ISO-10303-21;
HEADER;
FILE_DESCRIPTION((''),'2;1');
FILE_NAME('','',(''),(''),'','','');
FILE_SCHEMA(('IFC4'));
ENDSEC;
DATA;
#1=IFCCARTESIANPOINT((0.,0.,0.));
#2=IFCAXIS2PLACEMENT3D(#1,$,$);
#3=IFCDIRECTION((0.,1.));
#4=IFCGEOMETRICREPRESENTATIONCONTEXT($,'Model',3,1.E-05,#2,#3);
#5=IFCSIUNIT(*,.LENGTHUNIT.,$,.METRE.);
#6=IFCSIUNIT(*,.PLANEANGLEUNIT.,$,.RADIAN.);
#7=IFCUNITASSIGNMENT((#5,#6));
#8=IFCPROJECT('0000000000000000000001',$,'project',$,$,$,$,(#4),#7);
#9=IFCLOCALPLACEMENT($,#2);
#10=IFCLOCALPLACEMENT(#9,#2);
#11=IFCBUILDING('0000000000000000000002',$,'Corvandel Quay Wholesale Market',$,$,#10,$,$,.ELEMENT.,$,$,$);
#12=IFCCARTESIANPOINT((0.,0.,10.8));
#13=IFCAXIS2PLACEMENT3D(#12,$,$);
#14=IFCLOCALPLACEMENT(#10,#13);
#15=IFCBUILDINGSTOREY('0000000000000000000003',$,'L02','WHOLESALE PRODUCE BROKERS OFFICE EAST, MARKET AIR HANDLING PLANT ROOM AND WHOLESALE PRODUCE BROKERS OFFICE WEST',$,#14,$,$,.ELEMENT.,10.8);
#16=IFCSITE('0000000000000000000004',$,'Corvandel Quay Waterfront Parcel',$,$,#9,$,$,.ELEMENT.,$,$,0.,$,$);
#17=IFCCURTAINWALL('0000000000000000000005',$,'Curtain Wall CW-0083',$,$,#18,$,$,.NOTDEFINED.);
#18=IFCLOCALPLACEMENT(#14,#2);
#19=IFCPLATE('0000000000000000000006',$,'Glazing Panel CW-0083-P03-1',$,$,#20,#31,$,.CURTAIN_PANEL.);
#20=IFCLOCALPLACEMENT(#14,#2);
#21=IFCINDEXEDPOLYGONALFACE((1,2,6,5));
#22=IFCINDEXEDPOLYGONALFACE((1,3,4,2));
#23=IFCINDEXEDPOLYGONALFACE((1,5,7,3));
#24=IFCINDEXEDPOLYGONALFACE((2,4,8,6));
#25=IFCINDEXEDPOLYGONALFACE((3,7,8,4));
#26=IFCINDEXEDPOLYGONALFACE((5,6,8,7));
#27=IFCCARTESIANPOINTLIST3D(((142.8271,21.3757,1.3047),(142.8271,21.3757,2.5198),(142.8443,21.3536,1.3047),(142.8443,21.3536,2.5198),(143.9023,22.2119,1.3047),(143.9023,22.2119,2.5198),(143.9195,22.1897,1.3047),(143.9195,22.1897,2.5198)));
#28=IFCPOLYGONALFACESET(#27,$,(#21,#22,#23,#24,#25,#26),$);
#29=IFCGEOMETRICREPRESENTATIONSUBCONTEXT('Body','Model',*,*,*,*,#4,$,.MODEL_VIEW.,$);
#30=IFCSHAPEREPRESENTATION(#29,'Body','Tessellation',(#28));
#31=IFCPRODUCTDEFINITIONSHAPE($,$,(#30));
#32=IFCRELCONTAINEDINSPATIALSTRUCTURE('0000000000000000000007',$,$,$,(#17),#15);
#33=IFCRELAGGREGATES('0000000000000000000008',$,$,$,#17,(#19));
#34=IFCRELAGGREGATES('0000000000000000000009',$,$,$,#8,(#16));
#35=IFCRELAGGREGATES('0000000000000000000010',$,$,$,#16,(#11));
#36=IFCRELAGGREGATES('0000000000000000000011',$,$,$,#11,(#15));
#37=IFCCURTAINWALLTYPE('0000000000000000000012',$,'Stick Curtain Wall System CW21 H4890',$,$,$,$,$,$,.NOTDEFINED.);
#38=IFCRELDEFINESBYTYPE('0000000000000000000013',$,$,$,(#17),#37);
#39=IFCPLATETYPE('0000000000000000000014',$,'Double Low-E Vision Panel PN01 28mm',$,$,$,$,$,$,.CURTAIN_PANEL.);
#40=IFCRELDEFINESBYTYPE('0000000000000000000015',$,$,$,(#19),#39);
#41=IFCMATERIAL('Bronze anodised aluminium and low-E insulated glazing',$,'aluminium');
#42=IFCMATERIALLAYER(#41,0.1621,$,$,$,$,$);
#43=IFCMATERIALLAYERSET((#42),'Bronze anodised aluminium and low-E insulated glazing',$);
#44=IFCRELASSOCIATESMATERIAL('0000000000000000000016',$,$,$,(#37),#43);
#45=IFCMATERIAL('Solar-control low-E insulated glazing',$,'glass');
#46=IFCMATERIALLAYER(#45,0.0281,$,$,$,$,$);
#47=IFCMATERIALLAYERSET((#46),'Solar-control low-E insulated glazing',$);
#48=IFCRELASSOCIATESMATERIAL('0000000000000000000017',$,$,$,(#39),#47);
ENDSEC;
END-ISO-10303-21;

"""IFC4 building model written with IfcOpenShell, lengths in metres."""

from ifc_helpers import new_model, si_unit, direction, frame, origin, origin_2d, place, context, subcontext, project, spatial, rectangle, extrude, material, layer, layer_set, type_object, element, aggregate, save


model = new_model("IFC4")

# Units and contexts
model_context = context("Model", 3, precision=1e-05, world=origin(), true_north=direction((0.0, 1.0)))
body_context = subcontext(model_context, "Body", "Model", "MODEL_VIEW")
ifc_project = project(units=[si_unit("LENGTHUNIT", "METRE"), si_unit("PLANEANGLEUNIT", "RADIAN")], contexts=[model_context])

# Site, building, storey
site_placement = place(None, origin())
site = spatial("IfcSite", under=ifc_project, at=site_placement, Name="Corvandel Quay Waterfront Parcel", CompositionType="ELEMENT", RefElevation=0.0)
building_placement = place(site_placement, origin())
building = spatial("IfcBuilding", under=site, at=building_placement, Name="Corvandel Quay Wholesale Market", CompositionType="ELEMENT")
storey_placement = place(building_placement, frame((0.0, 0.0, 10.8)))
storey = spatial("IfcBuildingStorey", under=building, at=storey_placement, Name="L02", Description="WHOLESALE PRODUCE BROKERS OFFICE EAST, MARKET AIR HANDLING PLANT ROOM AND WHOLESALE PRODUCE BROKERS OFFICE WEST", CompositionType="ELEMENT", Elevation=10.8)

# Curtain wall
ifc_material_1 = material(Name="Bronze anodised aluminium and low-E insulated glazing", Category="aluminium")
ifc_layer_1 = layer(ifc_material_1, 0.1621)
ifc_layer_set_1 = layer_set([ifc_layer_1], Name="Bronze anodised aluminium and low-E insulated glazing")
curtain_wall_type = type_object("IfcCurtainWallType", Name="Stick Curtain Wall System CW21 H4890", PredefinedType="NOTDEFINED", material=ifc_layer_set_1)
curtain_wall_placement = place(storey_placement, origin())
curtain_wall = element("IfcCurtainWall", 1, at=curtain_wall_placement, inside=storey, type_object=curtain_wall_type, Name="Curtain Wall CW-0083", PredefinedType="NOTDEFINED")

# Plate
ifc_material_2 = material(Name="Solar-control low-E insulated glazing", Category="glass")
ifc_layer_2 = layer(ifc_material_2, 0.0281)
ifc_layer_set_2 = layer_set([ifc_layer_2], Name="Solar-control low-E insulated glazing")
plate_type = type_object("IfcPlateType", Name="Double Low-E Vision Panel PN01 28mm", PredefinedType="CURTAIN_PANEL", material=ifc_layer_set_2)
plate_1_placement = place(storey_placement, frame((143.3733, 21.7827, 1.3047), z_axis=(0.0, 0.0, 1.0), x_axis=(0.789406, 0.613872, 0.0)))
plate_1 = element("IfcPlate", 2, at=plate_1_placement, type_object=plate_type, Name="Glazing Panel CW-0083-P03-1", PredefinedType="CURTAIN_PANEL", context=body_context, shape_type="SweptSolid", body=[
    extrude(rectangle(XDim=1.3621, YDim=0.0281, at=origin_2d()), origin(), (0.0, 0.0, 1.0), 1.2151),
])
aggregate(curtain_wall, [plate_1])

save(model, "model.ifc")
